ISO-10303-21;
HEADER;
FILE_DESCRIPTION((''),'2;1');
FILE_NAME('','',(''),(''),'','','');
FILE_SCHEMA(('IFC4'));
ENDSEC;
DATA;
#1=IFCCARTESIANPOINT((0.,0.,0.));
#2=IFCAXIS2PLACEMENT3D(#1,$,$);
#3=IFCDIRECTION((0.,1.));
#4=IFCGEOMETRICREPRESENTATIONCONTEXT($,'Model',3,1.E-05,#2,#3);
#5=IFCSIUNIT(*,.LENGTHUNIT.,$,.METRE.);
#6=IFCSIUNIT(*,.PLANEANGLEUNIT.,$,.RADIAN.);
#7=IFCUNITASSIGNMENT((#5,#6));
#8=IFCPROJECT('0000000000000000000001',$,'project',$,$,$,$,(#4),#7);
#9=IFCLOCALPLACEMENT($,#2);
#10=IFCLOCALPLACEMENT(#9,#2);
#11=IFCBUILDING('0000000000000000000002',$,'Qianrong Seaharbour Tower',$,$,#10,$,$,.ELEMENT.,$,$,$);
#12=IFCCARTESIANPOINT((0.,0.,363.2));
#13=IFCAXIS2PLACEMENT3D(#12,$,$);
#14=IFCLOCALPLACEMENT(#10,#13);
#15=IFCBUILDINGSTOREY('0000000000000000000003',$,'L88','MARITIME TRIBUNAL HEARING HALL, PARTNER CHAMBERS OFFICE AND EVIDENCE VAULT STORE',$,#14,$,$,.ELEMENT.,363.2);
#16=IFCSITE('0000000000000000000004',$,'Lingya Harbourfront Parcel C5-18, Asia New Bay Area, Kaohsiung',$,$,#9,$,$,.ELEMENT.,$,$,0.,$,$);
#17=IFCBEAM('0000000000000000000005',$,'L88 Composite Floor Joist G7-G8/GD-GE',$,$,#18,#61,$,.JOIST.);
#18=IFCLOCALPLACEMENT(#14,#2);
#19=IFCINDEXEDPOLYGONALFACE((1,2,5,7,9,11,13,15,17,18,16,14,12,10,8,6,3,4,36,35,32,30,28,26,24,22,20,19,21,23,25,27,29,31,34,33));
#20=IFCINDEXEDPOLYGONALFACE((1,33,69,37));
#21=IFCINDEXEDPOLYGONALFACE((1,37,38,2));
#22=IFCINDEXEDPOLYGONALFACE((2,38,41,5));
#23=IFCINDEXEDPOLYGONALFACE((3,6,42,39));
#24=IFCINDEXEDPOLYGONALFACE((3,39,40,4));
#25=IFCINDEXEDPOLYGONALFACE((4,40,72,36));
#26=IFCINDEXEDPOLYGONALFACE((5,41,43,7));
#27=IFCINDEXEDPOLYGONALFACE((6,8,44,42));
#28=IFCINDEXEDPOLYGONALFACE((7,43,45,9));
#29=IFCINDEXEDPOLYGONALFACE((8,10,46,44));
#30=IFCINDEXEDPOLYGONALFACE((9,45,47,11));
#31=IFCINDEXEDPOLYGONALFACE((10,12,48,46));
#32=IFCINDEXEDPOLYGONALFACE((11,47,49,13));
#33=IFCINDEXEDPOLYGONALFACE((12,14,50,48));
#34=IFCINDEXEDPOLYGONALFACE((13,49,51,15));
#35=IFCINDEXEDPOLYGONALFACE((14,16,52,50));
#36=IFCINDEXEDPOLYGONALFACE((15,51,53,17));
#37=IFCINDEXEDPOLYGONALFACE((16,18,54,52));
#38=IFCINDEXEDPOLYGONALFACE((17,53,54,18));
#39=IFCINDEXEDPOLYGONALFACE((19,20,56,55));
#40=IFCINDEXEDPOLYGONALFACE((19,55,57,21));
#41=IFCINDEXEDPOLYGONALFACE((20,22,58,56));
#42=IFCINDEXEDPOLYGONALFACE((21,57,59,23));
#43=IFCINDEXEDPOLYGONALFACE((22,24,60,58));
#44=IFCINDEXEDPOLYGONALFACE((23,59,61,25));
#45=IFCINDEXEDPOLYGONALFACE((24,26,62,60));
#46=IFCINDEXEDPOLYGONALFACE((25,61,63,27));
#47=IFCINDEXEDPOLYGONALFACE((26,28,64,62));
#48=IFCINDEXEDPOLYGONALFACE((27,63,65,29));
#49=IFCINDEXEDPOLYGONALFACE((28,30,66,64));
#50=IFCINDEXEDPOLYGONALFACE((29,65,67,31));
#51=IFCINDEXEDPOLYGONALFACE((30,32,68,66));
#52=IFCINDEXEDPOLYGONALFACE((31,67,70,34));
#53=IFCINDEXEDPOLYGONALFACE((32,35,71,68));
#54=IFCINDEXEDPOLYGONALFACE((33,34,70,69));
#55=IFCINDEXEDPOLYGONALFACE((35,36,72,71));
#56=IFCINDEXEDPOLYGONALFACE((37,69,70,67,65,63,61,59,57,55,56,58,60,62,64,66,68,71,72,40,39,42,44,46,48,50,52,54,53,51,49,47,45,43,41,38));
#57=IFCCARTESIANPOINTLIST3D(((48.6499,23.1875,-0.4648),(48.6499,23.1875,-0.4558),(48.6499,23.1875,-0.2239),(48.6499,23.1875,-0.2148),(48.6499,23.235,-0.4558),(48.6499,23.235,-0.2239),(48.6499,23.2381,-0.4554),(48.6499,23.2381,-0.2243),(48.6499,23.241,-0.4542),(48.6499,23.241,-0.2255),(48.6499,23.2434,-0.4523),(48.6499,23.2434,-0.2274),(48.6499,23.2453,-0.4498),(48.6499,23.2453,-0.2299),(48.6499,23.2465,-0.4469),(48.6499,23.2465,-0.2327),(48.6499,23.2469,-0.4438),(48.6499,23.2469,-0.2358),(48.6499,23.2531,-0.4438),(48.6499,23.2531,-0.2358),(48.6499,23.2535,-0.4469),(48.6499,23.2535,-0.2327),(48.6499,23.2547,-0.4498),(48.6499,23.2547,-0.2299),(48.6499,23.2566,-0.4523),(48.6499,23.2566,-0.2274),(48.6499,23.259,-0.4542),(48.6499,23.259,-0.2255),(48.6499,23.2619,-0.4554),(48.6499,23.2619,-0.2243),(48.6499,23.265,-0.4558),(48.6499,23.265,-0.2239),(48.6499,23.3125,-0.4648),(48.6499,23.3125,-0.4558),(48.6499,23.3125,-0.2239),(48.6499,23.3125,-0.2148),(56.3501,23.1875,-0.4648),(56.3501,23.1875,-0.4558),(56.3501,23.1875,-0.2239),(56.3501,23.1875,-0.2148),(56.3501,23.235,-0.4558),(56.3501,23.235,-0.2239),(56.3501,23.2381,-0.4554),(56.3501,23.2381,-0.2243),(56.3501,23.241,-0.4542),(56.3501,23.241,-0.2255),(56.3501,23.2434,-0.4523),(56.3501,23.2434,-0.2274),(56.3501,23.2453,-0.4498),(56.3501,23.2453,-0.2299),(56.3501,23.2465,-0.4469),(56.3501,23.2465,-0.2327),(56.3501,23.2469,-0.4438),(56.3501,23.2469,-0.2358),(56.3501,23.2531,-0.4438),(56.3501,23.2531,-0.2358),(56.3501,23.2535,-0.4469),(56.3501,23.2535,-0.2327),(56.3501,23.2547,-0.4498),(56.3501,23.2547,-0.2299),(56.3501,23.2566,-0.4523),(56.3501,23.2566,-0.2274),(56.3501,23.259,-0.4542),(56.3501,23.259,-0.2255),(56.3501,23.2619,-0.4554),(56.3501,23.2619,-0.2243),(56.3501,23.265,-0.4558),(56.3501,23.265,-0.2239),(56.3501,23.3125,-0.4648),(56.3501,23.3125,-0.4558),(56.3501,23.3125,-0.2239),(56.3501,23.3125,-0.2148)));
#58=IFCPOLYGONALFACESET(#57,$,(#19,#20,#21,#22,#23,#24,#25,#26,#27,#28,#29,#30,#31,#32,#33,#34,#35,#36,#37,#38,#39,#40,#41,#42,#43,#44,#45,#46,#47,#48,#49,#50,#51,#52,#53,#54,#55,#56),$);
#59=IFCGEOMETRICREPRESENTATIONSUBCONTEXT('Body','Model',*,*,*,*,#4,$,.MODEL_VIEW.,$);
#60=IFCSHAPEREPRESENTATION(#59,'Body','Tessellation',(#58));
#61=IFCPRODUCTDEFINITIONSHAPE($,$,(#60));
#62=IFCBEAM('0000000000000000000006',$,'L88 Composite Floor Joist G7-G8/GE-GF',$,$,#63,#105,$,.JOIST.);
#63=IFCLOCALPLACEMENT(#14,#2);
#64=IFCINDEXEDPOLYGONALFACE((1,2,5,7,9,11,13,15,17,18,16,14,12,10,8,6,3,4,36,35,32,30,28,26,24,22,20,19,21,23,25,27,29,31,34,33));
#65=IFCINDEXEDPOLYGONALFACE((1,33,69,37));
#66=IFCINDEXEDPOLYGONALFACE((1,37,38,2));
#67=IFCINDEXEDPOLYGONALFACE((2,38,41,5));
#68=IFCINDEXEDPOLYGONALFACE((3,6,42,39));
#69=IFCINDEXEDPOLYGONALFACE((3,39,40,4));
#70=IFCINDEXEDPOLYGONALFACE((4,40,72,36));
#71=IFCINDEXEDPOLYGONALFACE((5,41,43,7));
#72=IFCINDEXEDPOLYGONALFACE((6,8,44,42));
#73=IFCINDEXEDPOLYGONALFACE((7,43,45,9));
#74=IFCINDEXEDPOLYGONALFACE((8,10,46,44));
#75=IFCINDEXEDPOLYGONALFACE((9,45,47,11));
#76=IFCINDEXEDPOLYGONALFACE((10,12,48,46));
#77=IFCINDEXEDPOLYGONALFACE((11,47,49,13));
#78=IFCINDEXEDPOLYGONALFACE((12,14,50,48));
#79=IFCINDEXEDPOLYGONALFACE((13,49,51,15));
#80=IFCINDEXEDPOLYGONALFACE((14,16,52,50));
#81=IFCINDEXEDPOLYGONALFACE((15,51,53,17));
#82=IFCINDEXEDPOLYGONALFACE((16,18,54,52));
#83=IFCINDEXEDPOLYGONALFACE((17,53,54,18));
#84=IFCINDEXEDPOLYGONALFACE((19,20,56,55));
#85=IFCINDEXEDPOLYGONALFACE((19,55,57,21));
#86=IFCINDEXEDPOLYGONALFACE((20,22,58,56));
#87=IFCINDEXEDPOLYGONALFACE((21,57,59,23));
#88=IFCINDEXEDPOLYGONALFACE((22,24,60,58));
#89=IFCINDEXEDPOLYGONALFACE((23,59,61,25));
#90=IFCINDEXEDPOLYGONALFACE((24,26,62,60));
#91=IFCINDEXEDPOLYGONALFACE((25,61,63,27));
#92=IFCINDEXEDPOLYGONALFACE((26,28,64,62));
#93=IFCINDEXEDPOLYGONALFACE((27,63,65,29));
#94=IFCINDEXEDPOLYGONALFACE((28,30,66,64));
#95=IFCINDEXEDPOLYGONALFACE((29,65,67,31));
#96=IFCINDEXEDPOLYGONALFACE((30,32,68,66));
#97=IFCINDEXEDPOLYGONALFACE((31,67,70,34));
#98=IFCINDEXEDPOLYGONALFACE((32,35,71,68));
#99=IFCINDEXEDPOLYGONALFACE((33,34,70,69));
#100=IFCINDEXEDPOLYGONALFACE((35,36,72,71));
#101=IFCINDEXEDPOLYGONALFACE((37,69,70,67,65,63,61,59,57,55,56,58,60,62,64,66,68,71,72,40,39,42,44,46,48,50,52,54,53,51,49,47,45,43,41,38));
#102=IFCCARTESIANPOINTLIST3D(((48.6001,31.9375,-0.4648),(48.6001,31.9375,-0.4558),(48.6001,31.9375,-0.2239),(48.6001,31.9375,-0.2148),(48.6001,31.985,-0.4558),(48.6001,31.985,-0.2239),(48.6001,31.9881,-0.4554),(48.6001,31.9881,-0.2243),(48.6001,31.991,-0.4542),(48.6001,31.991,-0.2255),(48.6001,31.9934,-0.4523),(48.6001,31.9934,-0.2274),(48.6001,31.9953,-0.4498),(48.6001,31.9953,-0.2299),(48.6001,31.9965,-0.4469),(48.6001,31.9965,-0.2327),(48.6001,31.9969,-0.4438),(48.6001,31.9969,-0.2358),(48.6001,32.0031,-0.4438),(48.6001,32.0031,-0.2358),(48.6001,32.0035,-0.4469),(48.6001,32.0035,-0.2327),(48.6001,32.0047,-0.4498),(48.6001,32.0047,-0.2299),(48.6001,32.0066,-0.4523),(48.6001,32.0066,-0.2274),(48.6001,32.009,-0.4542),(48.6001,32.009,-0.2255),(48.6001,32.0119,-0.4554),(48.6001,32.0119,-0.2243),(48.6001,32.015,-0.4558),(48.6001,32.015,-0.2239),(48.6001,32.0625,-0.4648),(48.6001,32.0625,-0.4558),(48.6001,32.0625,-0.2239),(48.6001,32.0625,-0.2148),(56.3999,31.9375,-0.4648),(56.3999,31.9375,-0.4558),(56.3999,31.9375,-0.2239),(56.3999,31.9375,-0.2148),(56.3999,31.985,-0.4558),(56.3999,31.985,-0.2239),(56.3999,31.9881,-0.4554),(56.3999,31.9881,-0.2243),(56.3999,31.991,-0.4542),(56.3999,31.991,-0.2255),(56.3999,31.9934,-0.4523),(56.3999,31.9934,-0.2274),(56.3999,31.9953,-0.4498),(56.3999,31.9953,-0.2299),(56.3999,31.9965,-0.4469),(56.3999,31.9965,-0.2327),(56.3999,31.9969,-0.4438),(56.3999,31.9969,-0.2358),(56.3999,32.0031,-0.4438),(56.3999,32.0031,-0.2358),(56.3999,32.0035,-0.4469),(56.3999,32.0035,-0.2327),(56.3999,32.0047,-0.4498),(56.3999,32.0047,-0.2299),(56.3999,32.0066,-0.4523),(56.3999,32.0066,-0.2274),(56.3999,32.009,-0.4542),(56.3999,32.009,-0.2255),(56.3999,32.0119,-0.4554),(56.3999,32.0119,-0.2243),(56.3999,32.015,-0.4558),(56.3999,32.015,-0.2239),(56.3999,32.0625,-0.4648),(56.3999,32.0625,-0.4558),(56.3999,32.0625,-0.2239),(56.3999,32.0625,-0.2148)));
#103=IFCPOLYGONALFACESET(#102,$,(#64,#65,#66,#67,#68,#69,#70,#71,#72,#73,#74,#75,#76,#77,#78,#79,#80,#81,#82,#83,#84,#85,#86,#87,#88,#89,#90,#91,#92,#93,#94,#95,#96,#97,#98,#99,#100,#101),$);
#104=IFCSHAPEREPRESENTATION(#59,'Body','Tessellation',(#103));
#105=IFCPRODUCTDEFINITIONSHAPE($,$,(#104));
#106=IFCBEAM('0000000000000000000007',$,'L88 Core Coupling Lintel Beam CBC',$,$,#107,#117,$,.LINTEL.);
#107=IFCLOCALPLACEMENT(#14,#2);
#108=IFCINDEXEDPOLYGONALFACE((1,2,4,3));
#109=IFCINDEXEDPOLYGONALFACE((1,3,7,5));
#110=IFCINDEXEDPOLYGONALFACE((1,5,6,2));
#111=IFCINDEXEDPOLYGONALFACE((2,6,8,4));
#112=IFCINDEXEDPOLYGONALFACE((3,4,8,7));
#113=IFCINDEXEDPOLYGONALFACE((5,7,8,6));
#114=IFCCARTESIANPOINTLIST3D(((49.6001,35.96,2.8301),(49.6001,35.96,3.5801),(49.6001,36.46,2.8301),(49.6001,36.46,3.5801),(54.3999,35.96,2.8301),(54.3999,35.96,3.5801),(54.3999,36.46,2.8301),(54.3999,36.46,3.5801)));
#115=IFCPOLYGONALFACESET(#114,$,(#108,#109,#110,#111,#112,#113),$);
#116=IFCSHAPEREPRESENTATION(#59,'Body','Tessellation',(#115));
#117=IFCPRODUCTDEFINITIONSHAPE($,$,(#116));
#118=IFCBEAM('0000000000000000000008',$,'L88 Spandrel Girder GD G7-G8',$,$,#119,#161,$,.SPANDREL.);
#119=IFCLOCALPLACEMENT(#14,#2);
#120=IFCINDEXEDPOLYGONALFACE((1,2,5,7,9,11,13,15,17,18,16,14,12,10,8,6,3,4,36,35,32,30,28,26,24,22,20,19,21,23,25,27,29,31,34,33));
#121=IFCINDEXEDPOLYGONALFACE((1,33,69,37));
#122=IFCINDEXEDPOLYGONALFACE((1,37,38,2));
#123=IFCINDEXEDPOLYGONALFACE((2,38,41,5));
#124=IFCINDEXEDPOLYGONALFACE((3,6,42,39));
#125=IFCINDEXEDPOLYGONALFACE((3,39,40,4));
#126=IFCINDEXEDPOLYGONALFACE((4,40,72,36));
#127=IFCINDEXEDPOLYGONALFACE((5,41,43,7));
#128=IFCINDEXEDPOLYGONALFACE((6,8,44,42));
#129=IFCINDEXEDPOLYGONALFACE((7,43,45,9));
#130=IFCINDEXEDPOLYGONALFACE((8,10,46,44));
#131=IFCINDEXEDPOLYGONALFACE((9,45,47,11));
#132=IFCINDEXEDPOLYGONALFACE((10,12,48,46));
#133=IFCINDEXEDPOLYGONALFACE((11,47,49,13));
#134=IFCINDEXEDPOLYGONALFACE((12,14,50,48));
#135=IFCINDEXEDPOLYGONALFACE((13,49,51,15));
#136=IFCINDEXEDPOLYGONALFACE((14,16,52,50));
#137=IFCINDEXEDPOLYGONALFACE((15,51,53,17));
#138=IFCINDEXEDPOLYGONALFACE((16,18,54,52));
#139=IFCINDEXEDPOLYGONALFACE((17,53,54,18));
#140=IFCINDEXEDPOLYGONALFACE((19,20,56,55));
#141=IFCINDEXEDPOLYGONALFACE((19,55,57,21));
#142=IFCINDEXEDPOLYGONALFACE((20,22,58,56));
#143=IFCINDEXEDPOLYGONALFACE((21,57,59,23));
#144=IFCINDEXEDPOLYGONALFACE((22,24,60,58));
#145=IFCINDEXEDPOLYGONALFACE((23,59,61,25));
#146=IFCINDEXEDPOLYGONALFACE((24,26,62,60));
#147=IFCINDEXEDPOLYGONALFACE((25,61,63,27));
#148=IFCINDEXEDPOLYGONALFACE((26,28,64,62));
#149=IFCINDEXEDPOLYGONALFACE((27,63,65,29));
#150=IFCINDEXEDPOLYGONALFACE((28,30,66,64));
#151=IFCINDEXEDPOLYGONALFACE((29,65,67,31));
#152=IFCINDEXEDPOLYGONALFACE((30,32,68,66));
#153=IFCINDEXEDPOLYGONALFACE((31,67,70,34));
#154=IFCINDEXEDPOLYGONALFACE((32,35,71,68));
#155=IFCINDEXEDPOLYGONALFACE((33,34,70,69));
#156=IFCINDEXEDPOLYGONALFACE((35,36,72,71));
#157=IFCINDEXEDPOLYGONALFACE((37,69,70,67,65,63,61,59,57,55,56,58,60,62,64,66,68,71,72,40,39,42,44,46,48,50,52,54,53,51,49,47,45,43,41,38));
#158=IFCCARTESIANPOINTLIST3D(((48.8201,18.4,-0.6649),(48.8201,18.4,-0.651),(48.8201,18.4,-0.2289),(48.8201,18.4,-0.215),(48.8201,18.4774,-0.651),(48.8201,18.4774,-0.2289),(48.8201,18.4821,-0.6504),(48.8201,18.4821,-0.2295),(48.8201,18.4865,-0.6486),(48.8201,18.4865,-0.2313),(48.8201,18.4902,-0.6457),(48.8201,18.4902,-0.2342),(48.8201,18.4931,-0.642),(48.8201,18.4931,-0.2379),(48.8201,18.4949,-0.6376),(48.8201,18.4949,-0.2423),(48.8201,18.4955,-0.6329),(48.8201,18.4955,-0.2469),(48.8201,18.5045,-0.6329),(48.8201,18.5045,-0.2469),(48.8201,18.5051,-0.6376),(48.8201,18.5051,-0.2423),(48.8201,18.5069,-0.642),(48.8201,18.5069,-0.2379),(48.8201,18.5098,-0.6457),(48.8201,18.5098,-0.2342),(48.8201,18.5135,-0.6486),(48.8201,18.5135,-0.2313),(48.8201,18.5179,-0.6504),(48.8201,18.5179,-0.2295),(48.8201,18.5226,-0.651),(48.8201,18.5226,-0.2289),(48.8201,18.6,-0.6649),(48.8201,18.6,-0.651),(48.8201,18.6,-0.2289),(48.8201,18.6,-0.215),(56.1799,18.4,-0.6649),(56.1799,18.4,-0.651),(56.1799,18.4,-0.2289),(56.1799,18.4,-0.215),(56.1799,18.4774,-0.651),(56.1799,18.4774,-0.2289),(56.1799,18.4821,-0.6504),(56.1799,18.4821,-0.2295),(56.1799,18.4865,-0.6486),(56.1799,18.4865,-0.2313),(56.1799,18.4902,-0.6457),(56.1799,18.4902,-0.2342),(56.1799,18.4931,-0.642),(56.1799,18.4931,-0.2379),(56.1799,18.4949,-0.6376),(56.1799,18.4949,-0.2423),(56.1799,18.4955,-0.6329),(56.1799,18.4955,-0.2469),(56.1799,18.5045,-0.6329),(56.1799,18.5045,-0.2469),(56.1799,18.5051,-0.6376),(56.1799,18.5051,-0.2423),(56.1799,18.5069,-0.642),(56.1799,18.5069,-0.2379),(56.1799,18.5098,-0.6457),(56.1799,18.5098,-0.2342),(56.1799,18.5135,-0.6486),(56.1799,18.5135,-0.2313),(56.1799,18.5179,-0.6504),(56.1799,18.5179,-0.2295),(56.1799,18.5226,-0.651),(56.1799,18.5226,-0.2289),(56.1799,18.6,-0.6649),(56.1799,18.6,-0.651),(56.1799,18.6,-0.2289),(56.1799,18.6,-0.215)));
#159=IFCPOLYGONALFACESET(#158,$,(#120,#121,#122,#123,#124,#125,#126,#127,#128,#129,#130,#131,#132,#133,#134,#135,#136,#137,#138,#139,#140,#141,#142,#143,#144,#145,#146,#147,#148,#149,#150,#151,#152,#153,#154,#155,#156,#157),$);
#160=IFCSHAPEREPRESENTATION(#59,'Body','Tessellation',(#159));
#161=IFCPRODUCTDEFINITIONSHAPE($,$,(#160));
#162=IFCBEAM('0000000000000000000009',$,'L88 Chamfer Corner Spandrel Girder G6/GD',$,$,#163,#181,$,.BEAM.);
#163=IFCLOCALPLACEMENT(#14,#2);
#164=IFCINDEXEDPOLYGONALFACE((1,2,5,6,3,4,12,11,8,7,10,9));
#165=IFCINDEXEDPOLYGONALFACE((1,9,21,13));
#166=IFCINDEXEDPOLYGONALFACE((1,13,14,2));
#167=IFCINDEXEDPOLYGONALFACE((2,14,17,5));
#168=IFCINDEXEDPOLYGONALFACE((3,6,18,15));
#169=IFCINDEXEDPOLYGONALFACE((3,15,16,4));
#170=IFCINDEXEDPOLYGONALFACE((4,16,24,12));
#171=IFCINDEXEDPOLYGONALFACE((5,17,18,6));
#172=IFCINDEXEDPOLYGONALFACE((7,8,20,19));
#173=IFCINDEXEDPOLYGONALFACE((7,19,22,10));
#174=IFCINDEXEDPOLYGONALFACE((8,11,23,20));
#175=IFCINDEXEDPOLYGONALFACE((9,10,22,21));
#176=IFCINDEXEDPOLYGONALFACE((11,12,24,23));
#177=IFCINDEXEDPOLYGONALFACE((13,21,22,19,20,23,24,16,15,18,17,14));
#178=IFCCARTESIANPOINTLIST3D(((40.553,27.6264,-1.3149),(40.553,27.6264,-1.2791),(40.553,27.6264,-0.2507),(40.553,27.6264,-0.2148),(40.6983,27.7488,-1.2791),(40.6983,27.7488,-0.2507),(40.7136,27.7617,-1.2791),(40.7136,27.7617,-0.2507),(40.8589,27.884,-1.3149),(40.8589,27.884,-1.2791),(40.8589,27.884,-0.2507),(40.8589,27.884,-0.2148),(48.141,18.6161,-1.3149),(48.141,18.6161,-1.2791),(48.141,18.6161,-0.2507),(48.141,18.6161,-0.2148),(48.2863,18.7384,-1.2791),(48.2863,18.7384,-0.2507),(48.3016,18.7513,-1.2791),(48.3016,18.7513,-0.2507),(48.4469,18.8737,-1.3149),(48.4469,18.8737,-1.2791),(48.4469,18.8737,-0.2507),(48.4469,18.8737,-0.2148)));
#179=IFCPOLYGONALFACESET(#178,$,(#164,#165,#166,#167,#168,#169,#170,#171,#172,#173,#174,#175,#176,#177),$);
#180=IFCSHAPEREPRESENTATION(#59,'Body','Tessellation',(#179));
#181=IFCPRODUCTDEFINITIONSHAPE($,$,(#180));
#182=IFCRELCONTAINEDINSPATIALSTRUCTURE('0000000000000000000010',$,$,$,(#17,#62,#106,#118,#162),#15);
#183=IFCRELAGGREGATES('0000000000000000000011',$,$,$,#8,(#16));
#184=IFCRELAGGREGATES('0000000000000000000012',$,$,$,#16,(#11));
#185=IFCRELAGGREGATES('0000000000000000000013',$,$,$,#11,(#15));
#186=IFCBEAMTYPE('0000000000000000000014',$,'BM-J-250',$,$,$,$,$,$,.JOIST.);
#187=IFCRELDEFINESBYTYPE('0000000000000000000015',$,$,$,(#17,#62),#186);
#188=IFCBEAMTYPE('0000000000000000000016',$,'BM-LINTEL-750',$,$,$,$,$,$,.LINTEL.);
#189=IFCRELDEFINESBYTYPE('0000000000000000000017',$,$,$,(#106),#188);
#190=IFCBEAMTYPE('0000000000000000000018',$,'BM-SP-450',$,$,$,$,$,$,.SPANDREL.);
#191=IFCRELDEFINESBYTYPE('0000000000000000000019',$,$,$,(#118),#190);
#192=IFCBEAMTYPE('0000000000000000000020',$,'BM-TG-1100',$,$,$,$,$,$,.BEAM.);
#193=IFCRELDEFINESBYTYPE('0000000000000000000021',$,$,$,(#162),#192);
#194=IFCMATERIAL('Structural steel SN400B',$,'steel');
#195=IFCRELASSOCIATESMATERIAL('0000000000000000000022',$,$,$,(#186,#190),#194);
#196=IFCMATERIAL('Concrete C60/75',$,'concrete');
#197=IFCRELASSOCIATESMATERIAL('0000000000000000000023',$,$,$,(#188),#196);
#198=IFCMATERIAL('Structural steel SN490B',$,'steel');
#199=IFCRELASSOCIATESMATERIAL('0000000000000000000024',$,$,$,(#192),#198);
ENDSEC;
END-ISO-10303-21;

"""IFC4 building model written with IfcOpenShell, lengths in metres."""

from ifc_helpers import new_model, si_unit, direction, frame, origin, origin_2d, place, context, subcontext, project, spatial, rectangle, i_section, extrude, material, material_profile, profile_set, type_object, element, save


model = new_model("IFC4")

# Units and contexts
model_context = context("Model", 3, precision=1e-05, world=origin(), true_north=direction((0.0, 1.0)))
body_context = subcontext(model_context, "Body", "Model", "MODEL_VIEW")
ifc_project = project(units=[si_unit("LENGTHUNIT", "METRE"), si_unit("PLANEANGLEUNIT", "RADIAN")], contexts=[model_context])

# Site, building, storey
site_placement = place(None, origin())
site = spatial("IfcSite", under=ifc_project, at=site_placement, Name="Lingya Harbourfront Parcel C5-18, Asia New Bay Area, Kaohsiung", CompositionType="ELEMENT", RefElevation=0.0)
building_placement = place(site_placement, origin())
building = spatial("IfcBuilding", under=site, at=building_placement, Name="Qianrong Seaharbour Tower", CompositionType="ELEMENT")
storey_placement = place(building_placement, frame((0.0, 0.0, 363.2)))
storey = spatial("IfcBuildingStorey", under=building, at=storey_placement, Name="L88", Description="MARITIME TRIBUNAL HEARING HALL, PARTNER CHAMBERS OFFICE AND EVIDENCE VAULT STORE", CompositionType="ELEMENT", Elevation=363.2)

# Shared definitions
ifc_material_1 = material(Name="Structural steel SN400B", Category="steel")

# Beams
ifc_material_2 = material(Name="Structural steel SN490B", Category="steel")
ifc_material_profile_1 = material_profile(ifc_material_1, i_section(OverallWidth=0.125, OverallDepth=0.25, WebThickness=0.0061, FlangeThickness=0.009, FilletRadius=0.012, at=origin_2d()), Name="H250x125x6x9")
ifc_profile_set_1 = profile_set([ifc_material_profile_1], Name="Structural steel SN400B")
beam_type_1 = type_object("IfcBeamType", Name="BM-J-250", PredefinedType="JOIST", material=ifc_profile_set_1)
beam_1_placement = place(storey_placement, frame((48.6499, 23.25, -0.3398), z_axis=(1.0, 0.0, 0.0), x_axis=(0.0, 1.0, 0.0)))
element("IfcBeam", 1, at=beam_1_placement, inside=storey, type_object=beam_type_1, Name="L88 Composite Floor Joist G7-G8/GD-GE", PredefinedType="JOIST", context=body_context, shape_type="SweptSolid", body=[
    extrude(i_section(OverallWidth=0.125, OverallDepth=0.25, WebThickness=0.0061, FlangeThickness=0.009, FilletRadius=0.012, at=origin_2d()), origin(), (0.0, 0.0, 1.0), 7.7002),
])
beam_2_placement = place(storey_placement, frame((48.6001, 32.0, -0.3398), z_axis=(1.0, 0.0, 0.0), x_axis=(0.0, 1.0, 0.0)))
element("IfcBeam", 2, at=beam_2_placement, inside=storey, type_object=beam_type_1, Name="L88 Composite Floor Joist G7-G8/GE-GF", PredefinedType="JOIST", context=body_context, shape_type="SweptSolid", body=[
    extrude(i_section(OverallWidth=0.125, OverallDepth=0.25, WebThickness=0.0061, FlangeThickness=0.009, FilletRadius=0.012, at=origin_2d()), origin(), (0.0, 0.0, 1.0), 7.7998),
])
ifc_material_3 = material(Name="Concrete C60/75", Category="concrete")
ifc_material_profile_2 = material_profile(ifc_material_3, rectangle(XDim=0.5, YDim=0.75, at=origin_2d()), Name="RC500x750")
ifc_profile_set_2 = profile_set([ifc_material_profile_2], Name="Concrete C60/75")
beam_type_2 = type_object("IfcBeamType", Name="BM-LINTEL-750", PredefinedType="LINTEL", material=ifc_profile_set_2)
beam_3_placement = place(storey_placement, frame((49.6001, 36.21, 3.2051), z_axis=(1.0, 0.0, 0.0), x_axis=(0.0, 1.0, 0.0)))
element("IfcBeam", 3, at=beam_3_placement, inside=storey, type_object=beam_type_2, Name="L88 Core Coupling Lintel Beam CBC", PredefinedType="LINTEL", context=body_context, shape_type="SweptSolid", body=[
    extrude(rectangle(XDim=0.5, YDim=0.75, at=origin_2d()), origin(), (0.0, 0.0, 1.0), 4.7998),
])
ifc_material_profile_3 = material_profile(ifc_material_1, i_section(OverallWidth=0.2, OverallDepth=0.45, WebThickness=0.009, FlangeThickness=0.0139, FilletRadius=0.0181, at=origin_2d()), Name="H450x200x9x14")
ifc_profile_set_3 = profile_set([ifc_material_profile_3], Name="Structural steel SN400B")
beam_type_3 = type_object("IfcBeamType", Name="BM-SP-450", PredefinedType="SPANDREL", material=ifc_profile_set_3)
beam_4_placement = place(storey_placement, frame((48.8201, 18.5, -0.4399), z_axis=(1.0, 0.0, 0.0), x_axis=(0.0, 1.0, 0.0)))
element("IfcBeam", 4, at=beam_4_placement, inside=storey, type_object=beam_type_3, Name="L88 Spandrel Girder GD G7-G8", PredefinedType="SPANDREL", context=body_context, shape_type="SweptSolid", body=[
    extrude(i_section(OverallWidth=0.2, OverallDepth=0.45, WebThickness=0.009, FlangeThickness=0.0139, FilletRadius=0.0181, at=origin_2d()), origin(), (0.0, 0.0, 1.0), 7.3599),
])
ifc_material_profile_4 = material_profile(ifc_material_2, i_section(OverallWidth=0.3999, OverallDepth=1.1001, WebThickness=0.02, FlangeThickness=0.0359, at=origin_2d()), Name="BH1100x400x20x36")
ifc_profile_set_4 = profile_set([ifc_material_profile_4], Name="Structural steel SN490B")
beam_type_4 = type_object("IfcBeamType", Name="BM-TG-1100", PredefinedType="BEAM", material=ifc_profile_set_4)
beam_5_placement = place(storey_placement, frame((48.2939, 18.7449, -0.7649), z_axis=(-0.644151, 0.764898, 0.0), x_axis=(-0.764898, -0.644151, 0.0)))
element("IfcBeam", 5, at=beam_5_placement, inside=storey, type_object=beam_type_4, Name="L88 Chamfer Corner Spandrel Girder G6/GD", PredefinedType="BEAM", context=body_context, shape_type="SweptSolid", body=[
    extrude(i_section(OverallWidth=0.3999, OverallDepth=1.1001, WebThickness=0.02, FlangeThickness=0.0359, at=origin_2d()), origin(), (0.0, 0.0, 1.0), 11.7798),
])

save(model, "model.ifc")
